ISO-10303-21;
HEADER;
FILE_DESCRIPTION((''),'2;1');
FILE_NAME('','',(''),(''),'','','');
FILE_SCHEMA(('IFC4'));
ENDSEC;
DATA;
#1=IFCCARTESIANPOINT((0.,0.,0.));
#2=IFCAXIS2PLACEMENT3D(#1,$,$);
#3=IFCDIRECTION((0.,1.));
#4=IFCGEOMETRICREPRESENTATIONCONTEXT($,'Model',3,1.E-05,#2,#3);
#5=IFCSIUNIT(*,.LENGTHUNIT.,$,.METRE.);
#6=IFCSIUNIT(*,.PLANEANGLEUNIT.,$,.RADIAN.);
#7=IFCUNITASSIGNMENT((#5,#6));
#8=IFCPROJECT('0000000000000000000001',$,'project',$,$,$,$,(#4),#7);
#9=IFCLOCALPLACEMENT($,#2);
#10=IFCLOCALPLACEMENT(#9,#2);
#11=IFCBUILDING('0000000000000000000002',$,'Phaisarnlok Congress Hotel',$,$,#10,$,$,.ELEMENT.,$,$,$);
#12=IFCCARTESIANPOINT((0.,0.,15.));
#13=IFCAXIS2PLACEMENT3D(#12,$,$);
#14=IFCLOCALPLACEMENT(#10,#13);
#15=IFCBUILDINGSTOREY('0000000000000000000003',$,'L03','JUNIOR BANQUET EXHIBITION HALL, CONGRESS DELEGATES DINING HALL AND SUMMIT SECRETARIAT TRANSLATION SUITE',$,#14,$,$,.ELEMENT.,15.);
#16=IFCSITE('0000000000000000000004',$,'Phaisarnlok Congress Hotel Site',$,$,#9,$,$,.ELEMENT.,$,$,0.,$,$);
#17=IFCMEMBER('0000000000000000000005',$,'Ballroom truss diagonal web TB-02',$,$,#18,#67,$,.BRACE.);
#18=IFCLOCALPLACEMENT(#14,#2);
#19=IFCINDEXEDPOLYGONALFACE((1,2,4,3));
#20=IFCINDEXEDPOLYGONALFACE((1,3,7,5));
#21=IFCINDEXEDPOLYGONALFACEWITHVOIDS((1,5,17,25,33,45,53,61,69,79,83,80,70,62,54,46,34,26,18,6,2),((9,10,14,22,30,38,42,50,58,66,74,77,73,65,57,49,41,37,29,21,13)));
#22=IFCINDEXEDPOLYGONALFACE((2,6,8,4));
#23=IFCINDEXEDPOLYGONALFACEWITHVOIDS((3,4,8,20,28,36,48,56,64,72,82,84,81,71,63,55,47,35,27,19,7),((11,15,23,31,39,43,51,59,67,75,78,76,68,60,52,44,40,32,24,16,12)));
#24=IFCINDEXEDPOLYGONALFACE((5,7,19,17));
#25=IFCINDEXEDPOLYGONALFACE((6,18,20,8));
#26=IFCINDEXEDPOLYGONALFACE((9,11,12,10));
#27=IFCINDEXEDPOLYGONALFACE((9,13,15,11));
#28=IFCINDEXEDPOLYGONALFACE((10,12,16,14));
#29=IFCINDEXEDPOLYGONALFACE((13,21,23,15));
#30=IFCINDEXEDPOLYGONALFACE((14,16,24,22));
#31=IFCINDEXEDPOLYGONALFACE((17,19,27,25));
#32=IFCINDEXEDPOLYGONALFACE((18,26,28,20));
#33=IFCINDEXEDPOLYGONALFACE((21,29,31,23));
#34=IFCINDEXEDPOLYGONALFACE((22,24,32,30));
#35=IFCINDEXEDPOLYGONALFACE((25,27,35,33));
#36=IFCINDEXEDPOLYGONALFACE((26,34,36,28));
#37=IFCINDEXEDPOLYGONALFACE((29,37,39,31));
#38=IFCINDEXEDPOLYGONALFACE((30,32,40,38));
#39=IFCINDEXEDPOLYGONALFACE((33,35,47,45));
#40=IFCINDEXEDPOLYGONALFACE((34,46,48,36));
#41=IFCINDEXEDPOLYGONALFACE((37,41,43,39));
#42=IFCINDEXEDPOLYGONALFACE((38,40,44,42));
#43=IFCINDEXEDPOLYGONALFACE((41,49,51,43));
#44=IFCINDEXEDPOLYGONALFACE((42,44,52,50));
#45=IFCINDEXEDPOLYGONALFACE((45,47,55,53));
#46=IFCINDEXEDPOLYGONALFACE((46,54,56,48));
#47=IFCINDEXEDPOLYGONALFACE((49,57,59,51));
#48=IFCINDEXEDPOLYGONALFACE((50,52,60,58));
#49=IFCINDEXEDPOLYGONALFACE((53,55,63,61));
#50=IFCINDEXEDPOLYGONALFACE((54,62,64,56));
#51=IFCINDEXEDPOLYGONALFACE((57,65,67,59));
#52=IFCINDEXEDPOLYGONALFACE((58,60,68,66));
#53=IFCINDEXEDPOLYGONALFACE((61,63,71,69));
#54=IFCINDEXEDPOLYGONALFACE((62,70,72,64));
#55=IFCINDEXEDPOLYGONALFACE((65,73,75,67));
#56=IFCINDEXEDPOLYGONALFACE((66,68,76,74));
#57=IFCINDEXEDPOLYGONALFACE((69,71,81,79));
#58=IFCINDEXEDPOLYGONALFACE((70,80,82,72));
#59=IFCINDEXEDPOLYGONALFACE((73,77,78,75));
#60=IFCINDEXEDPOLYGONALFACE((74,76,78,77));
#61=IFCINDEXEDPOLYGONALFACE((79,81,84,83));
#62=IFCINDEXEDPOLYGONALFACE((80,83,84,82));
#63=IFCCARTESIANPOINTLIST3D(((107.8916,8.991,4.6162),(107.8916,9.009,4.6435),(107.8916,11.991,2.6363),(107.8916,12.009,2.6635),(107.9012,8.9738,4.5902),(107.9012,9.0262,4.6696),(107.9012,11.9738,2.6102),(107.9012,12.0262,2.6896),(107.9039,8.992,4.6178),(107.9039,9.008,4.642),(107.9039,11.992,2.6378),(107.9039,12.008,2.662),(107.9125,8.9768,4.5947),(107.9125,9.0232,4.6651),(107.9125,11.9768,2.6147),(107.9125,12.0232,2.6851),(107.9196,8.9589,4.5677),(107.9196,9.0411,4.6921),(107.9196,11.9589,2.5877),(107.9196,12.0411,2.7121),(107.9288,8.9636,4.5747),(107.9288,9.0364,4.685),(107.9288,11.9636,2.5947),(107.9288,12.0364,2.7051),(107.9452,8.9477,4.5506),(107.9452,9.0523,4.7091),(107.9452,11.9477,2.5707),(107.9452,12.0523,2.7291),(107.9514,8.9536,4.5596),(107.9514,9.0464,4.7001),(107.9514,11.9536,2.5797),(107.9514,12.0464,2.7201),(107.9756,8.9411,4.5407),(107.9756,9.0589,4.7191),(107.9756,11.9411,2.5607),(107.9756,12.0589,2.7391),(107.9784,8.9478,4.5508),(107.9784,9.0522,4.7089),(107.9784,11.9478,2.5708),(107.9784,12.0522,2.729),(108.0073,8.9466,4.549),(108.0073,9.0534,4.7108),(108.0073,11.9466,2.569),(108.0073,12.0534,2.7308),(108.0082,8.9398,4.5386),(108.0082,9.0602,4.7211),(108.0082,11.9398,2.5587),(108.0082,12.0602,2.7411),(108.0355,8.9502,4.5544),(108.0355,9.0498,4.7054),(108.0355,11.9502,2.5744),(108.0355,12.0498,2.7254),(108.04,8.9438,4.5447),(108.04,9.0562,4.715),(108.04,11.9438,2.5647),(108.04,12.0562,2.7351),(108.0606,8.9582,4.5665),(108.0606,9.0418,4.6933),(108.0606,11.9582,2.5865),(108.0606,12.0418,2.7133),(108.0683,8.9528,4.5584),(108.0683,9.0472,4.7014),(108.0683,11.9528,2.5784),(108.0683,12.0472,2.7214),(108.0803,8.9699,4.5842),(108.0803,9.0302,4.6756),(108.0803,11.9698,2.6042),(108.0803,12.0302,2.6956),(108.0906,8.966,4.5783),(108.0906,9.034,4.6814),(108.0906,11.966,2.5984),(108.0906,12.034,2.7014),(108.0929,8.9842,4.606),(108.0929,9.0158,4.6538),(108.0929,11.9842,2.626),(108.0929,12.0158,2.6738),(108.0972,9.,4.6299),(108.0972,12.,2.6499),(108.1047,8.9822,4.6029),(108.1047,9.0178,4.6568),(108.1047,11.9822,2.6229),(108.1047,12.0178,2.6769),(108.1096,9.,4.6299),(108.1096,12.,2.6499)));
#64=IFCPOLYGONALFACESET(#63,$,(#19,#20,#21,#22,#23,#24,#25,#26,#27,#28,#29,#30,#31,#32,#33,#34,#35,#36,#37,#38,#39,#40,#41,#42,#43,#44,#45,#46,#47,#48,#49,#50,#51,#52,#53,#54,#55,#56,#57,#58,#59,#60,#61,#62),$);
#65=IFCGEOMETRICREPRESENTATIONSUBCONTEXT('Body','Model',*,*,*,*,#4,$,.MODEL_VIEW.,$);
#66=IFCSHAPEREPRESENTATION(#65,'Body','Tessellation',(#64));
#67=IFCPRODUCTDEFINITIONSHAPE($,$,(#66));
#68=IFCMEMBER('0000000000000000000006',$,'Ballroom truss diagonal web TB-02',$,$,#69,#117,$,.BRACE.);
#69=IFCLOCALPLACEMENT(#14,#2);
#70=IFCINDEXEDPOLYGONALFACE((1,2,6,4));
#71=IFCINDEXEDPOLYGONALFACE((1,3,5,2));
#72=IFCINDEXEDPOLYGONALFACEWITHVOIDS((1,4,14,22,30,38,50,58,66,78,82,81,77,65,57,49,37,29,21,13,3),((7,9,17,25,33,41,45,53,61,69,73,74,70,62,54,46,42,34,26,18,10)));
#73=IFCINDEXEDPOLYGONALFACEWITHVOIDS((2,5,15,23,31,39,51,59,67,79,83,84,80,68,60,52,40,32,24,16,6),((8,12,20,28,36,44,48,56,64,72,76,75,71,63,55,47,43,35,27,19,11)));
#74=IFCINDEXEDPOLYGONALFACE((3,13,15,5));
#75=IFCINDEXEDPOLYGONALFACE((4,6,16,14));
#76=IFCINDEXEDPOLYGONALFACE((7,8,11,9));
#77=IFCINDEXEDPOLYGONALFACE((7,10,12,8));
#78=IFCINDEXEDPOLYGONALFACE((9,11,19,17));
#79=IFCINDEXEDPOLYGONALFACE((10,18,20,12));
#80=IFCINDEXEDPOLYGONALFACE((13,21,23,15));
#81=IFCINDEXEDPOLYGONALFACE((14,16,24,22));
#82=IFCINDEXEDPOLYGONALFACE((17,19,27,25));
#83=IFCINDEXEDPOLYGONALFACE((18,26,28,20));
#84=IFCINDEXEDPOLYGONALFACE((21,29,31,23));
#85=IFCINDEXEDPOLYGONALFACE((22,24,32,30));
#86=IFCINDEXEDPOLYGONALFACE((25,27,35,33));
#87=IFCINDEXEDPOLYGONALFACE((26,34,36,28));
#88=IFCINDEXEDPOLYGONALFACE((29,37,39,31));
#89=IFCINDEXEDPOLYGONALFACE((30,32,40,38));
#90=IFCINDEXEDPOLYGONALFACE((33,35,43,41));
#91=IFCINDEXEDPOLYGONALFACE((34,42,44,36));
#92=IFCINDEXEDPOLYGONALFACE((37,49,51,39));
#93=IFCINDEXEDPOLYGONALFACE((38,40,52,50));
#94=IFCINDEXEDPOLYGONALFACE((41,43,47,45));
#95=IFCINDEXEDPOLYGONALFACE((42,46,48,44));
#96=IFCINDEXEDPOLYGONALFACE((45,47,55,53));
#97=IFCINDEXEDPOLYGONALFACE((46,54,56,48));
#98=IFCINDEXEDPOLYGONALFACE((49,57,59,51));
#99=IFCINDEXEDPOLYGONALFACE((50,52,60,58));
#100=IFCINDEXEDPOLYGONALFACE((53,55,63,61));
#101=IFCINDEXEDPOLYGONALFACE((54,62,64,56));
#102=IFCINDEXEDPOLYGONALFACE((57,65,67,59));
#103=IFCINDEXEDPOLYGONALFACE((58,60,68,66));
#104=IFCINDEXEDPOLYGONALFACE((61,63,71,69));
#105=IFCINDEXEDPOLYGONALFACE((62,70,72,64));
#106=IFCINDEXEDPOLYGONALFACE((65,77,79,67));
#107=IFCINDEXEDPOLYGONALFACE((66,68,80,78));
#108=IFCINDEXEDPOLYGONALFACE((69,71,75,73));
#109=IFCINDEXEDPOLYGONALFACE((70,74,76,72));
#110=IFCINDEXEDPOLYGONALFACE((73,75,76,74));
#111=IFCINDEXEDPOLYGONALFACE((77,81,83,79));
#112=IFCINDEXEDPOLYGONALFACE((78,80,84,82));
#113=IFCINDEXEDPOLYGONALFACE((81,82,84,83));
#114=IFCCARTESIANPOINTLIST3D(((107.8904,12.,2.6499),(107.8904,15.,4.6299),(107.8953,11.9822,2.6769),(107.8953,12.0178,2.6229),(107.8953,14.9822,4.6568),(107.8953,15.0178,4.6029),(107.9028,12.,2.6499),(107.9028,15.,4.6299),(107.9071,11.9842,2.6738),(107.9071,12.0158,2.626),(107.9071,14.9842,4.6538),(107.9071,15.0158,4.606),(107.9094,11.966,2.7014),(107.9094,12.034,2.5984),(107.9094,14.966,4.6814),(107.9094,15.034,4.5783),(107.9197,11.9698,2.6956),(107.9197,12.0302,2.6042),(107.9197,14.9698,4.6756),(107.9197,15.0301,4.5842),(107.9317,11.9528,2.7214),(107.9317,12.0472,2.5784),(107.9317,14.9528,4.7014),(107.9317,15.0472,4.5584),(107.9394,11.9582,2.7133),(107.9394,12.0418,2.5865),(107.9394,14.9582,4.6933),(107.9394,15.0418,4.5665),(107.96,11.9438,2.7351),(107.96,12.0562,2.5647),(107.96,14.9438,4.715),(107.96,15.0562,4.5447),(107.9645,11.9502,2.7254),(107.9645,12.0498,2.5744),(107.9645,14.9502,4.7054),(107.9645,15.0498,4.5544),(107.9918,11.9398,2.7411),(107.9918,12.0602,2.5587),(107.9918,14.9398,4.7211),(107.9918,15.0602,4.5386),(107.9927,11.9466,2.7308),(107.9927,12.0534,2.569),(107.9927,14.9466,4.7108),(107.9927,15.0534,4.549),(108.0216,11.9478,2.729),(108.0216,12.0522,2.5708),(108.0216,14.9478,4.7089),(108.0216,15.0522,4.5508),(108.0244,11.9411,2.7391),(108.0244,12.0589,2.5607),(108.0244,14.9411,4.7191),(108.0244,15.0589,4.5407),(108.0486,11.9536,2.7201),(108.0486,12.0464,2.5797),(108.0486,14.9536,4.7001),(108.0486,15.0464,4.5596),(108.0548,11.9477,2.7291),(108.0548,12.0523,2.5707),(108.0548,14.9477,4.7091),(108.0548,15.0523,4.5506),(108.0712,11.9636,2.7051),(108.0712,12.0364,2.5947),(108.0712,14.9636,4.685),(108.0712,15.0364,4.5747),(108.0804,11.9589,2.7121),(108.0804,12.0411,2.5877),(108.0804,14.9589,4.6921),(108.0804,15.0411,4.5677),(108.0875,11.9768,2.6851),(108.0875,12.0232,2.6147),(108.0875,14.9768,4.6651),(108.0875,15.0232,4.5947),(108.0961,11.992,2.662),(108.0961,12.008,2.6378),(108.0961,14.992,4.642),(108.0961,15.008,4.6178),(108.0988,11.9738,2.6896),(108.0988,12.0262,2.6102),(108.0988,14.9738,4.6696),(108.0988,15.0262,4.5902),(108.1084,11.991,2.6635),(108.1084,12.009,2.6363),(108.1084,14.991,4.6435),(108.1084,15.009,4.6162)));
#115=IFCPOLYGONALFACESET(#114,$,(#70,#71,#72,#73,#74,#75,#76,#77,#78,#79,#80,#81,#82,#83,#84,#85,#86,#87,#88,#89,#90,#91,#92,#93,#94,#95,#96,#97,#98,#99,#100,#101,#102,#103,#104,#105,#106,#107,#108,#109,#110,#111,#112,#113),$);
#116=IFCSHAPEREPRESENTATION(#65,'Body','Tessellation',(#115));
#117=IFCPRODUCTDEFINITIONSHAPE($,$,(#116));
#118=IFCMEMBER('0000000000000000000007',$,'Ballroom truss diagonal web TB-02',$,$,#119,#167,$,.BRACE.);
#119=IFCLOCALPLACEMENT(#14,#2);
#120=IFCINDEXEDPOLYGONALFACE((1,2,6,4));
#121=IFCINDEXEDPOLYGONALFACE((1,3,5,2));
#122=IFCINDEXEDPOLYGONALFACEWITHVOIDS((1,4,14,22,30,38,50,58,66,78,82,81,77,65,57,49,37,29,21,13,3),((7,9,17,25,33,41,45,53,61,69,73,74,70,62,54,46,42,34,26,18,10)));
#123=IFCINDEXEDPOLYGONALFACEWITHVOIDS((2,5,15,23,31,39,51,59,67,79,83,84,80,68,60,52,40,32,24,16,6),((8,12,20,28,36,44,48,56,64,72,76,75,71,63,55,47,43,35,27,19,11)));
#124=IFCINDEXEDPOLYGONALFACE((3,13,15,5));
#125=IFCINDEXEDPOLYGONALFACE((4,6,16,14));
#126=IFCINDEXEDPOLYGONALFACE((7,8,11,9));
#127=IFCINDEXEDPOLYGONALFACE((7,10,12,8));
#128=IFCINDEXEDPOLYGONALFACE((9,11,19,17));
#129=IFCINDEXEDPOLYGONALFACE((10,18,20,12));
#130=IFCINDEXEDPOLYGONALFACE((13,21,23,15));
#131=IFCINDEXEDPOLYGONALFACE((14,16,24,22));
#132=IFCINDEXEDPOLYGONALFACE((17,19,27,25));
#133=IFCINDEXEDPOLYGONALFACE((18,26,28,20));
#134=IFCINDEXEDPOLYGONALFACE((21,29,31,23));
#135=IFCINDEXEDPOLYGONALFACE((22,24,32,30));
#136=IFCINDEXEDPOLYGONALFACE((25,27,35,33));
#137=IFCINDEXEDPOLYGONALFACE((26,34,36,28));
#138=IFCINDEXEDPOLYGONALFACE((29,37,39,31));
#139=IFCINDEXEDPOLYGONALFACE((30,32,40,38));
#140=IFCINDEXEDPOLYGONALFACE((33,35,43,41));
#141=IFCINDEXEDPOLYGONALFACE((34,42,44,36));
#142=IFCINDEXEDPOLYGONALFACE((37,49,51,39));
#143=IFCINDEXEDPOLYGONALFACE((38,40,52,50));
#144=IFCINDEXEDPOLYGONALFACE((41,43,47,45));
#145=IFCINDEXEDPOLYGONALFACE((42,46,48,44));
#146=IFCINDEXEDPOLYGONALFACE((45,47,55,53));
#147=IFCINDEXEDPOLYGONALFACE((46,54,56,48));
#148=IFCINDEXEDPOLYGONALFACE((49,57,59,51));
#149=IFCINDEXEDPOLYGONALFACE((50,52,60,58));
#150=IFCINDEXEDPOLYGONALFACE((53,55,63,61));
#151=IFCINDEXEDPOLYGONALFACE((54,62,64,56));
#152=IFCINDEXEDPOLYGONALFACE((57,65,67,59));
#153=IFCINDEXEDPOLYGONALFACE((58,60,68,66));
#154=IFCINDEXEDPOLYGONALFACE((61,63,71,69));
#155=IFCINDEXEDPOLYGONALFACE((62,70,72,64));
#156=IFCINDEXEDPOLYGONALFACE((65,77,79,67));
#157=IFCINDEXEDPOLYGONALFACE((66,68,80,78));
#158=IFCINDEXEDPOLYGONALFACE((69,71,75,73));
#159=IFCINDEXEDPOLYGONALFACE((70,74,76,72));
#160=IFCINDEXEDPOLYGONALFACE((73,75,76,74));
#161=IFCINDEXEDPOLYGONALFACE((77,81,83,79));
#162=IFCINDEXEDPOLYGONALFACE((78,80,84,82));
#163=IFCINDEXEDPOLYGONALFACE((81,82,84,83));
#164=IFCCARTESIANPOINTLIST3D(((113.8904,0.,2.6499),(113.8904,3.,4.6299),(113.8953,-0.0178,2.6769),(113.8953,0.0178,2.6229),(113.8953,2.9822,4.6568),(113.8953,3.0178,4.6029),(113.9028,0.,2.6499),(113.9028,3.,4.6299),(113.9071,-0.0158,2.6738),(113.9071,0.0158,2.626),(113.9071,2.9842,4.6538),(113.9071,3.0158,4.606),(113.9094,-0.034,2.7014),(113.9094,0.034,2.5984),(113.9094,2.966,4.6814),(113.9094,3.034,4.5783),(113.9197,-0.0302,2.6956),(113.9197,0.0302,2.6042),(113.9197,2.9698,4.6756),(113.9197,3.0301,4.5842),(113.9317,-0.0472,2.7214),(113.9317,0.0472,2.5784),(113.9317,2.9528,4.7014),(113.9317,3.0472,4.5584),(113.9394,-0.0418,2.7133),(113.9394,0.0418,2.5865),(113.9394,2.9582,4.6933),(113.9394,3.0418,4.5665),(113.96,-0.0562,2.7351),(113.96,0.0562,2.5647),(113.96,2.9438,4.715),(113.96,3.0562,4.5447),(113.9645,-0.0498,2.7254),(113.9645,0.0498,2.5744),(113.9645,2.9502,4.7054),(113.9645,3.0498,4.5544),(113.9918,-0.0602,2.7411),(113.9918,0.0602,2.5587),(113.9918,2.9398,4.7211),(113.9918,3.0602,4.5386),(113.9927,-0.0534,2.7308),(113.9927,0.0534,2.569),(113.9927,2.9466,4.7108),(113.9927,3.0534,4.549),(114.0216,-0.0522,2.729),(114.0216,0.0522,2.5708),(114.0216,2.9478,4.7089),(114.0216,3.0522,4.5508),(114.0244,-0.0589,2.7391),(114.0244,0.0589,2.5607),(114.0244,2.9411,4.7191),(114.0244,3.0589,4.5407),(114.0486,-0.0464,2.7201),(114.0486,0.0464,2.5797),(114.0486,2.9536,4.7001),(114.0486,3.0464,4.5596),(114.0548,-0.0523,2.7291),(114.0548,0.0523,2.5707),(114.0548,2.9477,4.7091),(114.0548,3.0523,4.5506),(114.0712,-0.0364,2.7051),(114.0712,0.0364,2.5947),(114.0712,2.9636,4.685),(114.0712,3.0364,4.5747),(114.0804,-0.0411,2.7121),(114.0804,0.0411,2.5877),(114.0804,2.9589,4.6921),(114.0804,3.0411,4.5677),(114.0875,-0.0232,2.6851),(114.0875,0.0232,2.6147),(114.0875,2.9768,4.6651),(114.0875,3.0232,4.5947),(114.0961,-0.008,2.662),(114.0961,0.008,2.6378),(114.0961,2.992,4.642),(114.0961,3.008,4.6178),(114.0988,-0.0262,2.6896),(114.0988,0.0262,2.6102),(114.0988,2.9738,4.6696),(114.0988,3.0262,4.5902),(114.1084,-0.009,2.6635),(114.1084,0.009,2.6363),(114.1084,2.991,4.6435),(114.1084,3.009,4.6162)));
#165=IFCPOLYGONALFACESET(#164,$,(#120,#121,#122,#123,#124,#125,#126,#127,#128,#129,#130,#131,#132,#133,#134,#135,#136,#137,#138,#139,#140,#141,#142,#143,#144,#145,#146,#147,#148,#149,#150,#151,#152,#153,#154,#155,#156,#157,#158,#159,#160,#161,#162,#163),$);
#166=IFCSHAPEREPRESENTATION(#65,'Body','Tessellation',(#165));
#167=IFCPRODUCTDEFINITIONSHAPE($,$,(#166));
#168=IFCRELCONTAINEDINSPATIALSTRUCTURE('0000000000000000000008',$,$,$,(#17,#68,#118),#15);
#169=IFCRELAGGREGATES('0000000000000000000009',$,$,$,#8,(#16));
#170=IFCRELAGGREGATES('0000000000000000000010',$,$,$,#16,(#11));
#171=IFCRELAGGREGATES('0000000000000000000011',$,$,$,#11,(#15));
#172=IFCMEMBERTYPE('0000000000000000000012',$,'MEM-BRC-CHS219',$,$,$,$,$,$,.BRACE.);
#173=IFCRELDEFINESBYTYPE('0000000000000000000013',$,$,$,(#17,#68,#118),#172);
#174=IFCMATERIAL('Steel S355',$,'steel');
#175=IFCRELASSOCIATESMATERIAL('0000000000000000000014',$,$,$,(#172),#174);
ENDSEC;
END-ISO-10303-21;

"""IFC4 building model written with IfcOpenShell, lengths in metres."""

from ifc_helpers import new_model, si_unit, direction, frame, origin, origin_2d, place, context, subcontext, project, spatial, hollow_circle, extrude, material, material_profile, profile_set, type_object, element, save


model = new_model("IFC4")

# Units and contexts
model_context = context("Model", 3, precision=1e-05, world=origin(), true_north=direction((0.0, 1.0)))
body_context = subcontext(model_context, "Body", "Model", "MODEL_VIEW")
ifc_project = project(units=[si_unit("LENGTHUNIT", "METRE"), si_unit("PLANEANGLEUNIT", "RADIAN")], contexts=[model_context])

# Site, building, storey
site_placement = place(None, origin())
site = spatial("IfcSite", under=ifc_project, at=site_placement, Name="Phaisarnlok Congress Hotel Site", CompositionType="ELEMENT", RefElevation=0.0)
building_placement = place(site_placement, origin())
building = spatial("IfcBuilding", under=site, at=building_placement, Name="Phaisarnlok Congress Hotel", CompositionType="ELEMENT")
storey_placement = place(building_placement, frame((0.0, 0.0, 15.0)))
storey = spatial("IfcBuildingStorey", under=building, at=storey_placement, Name="L03", Description="JUNIOR BANQUET EXHIBITION HALL, CONGRESS DELEGATES DINING HALL AND SUMMIT SECRETARIAT TRANSLATION SUITE", CompositionType="ELEMENT", Elevation=15.0)

# Members
ifc_material_1 = material(Name="Steel S355", Category="steel")
ifc_material_profile_1 = material_profile(ifc_material_1, hollow_circle(Radius=0.1096, WallThickness=0.0125, at=origin_2d()), Name="CHS 219.1x12.5")
ifc_profile_set_1 = profile_set([ifc_material_profile_1], Name="Steel S355")
member_type_1 = type_object("IfcMemberType", Name="MEM-BRC-CHS219", PredefinedType="BRACE", material=ifc_profile_set_1)
for number, where, z_axis, x_axis, name in (
    (1, (108.0, 12.0, 2.6499), (0.0, -0.834612, 0.550838), (1.0, 0.0, 0.0), "Ballroom truss diagonal web TB-02"),
    (2, (108.0, 12.0, 2.6499), (0.0, 0.834612, 0.550838), (-1.0, 0.0, 0.0), "Ballroom truss diagonal web TB-02"),
    (3, (114.0, 0.0, 2.6499), (0.0, 0.834612, 0.550838), (-1.0, 0.0, 0.0), "Ballroom truss diagonal web TB-02"),
):
    element("IfcMember", number, at=place(storey_placement, frame(where, z_axis=z_axis, x_axis=x_axis)), inside=storey, type_object=member_type_1, Name=name, PredefinedType="BRACE", context=body_context, shape_type="SweptSolid", body=[
        extrude(hollow_circle(Radius=0.1096, WallThickness=0.0125, at=origin_2d()), origin(), (0.0, 0.0, 1.0), 3.5945),
    ])

save(model, "model.ifc")
